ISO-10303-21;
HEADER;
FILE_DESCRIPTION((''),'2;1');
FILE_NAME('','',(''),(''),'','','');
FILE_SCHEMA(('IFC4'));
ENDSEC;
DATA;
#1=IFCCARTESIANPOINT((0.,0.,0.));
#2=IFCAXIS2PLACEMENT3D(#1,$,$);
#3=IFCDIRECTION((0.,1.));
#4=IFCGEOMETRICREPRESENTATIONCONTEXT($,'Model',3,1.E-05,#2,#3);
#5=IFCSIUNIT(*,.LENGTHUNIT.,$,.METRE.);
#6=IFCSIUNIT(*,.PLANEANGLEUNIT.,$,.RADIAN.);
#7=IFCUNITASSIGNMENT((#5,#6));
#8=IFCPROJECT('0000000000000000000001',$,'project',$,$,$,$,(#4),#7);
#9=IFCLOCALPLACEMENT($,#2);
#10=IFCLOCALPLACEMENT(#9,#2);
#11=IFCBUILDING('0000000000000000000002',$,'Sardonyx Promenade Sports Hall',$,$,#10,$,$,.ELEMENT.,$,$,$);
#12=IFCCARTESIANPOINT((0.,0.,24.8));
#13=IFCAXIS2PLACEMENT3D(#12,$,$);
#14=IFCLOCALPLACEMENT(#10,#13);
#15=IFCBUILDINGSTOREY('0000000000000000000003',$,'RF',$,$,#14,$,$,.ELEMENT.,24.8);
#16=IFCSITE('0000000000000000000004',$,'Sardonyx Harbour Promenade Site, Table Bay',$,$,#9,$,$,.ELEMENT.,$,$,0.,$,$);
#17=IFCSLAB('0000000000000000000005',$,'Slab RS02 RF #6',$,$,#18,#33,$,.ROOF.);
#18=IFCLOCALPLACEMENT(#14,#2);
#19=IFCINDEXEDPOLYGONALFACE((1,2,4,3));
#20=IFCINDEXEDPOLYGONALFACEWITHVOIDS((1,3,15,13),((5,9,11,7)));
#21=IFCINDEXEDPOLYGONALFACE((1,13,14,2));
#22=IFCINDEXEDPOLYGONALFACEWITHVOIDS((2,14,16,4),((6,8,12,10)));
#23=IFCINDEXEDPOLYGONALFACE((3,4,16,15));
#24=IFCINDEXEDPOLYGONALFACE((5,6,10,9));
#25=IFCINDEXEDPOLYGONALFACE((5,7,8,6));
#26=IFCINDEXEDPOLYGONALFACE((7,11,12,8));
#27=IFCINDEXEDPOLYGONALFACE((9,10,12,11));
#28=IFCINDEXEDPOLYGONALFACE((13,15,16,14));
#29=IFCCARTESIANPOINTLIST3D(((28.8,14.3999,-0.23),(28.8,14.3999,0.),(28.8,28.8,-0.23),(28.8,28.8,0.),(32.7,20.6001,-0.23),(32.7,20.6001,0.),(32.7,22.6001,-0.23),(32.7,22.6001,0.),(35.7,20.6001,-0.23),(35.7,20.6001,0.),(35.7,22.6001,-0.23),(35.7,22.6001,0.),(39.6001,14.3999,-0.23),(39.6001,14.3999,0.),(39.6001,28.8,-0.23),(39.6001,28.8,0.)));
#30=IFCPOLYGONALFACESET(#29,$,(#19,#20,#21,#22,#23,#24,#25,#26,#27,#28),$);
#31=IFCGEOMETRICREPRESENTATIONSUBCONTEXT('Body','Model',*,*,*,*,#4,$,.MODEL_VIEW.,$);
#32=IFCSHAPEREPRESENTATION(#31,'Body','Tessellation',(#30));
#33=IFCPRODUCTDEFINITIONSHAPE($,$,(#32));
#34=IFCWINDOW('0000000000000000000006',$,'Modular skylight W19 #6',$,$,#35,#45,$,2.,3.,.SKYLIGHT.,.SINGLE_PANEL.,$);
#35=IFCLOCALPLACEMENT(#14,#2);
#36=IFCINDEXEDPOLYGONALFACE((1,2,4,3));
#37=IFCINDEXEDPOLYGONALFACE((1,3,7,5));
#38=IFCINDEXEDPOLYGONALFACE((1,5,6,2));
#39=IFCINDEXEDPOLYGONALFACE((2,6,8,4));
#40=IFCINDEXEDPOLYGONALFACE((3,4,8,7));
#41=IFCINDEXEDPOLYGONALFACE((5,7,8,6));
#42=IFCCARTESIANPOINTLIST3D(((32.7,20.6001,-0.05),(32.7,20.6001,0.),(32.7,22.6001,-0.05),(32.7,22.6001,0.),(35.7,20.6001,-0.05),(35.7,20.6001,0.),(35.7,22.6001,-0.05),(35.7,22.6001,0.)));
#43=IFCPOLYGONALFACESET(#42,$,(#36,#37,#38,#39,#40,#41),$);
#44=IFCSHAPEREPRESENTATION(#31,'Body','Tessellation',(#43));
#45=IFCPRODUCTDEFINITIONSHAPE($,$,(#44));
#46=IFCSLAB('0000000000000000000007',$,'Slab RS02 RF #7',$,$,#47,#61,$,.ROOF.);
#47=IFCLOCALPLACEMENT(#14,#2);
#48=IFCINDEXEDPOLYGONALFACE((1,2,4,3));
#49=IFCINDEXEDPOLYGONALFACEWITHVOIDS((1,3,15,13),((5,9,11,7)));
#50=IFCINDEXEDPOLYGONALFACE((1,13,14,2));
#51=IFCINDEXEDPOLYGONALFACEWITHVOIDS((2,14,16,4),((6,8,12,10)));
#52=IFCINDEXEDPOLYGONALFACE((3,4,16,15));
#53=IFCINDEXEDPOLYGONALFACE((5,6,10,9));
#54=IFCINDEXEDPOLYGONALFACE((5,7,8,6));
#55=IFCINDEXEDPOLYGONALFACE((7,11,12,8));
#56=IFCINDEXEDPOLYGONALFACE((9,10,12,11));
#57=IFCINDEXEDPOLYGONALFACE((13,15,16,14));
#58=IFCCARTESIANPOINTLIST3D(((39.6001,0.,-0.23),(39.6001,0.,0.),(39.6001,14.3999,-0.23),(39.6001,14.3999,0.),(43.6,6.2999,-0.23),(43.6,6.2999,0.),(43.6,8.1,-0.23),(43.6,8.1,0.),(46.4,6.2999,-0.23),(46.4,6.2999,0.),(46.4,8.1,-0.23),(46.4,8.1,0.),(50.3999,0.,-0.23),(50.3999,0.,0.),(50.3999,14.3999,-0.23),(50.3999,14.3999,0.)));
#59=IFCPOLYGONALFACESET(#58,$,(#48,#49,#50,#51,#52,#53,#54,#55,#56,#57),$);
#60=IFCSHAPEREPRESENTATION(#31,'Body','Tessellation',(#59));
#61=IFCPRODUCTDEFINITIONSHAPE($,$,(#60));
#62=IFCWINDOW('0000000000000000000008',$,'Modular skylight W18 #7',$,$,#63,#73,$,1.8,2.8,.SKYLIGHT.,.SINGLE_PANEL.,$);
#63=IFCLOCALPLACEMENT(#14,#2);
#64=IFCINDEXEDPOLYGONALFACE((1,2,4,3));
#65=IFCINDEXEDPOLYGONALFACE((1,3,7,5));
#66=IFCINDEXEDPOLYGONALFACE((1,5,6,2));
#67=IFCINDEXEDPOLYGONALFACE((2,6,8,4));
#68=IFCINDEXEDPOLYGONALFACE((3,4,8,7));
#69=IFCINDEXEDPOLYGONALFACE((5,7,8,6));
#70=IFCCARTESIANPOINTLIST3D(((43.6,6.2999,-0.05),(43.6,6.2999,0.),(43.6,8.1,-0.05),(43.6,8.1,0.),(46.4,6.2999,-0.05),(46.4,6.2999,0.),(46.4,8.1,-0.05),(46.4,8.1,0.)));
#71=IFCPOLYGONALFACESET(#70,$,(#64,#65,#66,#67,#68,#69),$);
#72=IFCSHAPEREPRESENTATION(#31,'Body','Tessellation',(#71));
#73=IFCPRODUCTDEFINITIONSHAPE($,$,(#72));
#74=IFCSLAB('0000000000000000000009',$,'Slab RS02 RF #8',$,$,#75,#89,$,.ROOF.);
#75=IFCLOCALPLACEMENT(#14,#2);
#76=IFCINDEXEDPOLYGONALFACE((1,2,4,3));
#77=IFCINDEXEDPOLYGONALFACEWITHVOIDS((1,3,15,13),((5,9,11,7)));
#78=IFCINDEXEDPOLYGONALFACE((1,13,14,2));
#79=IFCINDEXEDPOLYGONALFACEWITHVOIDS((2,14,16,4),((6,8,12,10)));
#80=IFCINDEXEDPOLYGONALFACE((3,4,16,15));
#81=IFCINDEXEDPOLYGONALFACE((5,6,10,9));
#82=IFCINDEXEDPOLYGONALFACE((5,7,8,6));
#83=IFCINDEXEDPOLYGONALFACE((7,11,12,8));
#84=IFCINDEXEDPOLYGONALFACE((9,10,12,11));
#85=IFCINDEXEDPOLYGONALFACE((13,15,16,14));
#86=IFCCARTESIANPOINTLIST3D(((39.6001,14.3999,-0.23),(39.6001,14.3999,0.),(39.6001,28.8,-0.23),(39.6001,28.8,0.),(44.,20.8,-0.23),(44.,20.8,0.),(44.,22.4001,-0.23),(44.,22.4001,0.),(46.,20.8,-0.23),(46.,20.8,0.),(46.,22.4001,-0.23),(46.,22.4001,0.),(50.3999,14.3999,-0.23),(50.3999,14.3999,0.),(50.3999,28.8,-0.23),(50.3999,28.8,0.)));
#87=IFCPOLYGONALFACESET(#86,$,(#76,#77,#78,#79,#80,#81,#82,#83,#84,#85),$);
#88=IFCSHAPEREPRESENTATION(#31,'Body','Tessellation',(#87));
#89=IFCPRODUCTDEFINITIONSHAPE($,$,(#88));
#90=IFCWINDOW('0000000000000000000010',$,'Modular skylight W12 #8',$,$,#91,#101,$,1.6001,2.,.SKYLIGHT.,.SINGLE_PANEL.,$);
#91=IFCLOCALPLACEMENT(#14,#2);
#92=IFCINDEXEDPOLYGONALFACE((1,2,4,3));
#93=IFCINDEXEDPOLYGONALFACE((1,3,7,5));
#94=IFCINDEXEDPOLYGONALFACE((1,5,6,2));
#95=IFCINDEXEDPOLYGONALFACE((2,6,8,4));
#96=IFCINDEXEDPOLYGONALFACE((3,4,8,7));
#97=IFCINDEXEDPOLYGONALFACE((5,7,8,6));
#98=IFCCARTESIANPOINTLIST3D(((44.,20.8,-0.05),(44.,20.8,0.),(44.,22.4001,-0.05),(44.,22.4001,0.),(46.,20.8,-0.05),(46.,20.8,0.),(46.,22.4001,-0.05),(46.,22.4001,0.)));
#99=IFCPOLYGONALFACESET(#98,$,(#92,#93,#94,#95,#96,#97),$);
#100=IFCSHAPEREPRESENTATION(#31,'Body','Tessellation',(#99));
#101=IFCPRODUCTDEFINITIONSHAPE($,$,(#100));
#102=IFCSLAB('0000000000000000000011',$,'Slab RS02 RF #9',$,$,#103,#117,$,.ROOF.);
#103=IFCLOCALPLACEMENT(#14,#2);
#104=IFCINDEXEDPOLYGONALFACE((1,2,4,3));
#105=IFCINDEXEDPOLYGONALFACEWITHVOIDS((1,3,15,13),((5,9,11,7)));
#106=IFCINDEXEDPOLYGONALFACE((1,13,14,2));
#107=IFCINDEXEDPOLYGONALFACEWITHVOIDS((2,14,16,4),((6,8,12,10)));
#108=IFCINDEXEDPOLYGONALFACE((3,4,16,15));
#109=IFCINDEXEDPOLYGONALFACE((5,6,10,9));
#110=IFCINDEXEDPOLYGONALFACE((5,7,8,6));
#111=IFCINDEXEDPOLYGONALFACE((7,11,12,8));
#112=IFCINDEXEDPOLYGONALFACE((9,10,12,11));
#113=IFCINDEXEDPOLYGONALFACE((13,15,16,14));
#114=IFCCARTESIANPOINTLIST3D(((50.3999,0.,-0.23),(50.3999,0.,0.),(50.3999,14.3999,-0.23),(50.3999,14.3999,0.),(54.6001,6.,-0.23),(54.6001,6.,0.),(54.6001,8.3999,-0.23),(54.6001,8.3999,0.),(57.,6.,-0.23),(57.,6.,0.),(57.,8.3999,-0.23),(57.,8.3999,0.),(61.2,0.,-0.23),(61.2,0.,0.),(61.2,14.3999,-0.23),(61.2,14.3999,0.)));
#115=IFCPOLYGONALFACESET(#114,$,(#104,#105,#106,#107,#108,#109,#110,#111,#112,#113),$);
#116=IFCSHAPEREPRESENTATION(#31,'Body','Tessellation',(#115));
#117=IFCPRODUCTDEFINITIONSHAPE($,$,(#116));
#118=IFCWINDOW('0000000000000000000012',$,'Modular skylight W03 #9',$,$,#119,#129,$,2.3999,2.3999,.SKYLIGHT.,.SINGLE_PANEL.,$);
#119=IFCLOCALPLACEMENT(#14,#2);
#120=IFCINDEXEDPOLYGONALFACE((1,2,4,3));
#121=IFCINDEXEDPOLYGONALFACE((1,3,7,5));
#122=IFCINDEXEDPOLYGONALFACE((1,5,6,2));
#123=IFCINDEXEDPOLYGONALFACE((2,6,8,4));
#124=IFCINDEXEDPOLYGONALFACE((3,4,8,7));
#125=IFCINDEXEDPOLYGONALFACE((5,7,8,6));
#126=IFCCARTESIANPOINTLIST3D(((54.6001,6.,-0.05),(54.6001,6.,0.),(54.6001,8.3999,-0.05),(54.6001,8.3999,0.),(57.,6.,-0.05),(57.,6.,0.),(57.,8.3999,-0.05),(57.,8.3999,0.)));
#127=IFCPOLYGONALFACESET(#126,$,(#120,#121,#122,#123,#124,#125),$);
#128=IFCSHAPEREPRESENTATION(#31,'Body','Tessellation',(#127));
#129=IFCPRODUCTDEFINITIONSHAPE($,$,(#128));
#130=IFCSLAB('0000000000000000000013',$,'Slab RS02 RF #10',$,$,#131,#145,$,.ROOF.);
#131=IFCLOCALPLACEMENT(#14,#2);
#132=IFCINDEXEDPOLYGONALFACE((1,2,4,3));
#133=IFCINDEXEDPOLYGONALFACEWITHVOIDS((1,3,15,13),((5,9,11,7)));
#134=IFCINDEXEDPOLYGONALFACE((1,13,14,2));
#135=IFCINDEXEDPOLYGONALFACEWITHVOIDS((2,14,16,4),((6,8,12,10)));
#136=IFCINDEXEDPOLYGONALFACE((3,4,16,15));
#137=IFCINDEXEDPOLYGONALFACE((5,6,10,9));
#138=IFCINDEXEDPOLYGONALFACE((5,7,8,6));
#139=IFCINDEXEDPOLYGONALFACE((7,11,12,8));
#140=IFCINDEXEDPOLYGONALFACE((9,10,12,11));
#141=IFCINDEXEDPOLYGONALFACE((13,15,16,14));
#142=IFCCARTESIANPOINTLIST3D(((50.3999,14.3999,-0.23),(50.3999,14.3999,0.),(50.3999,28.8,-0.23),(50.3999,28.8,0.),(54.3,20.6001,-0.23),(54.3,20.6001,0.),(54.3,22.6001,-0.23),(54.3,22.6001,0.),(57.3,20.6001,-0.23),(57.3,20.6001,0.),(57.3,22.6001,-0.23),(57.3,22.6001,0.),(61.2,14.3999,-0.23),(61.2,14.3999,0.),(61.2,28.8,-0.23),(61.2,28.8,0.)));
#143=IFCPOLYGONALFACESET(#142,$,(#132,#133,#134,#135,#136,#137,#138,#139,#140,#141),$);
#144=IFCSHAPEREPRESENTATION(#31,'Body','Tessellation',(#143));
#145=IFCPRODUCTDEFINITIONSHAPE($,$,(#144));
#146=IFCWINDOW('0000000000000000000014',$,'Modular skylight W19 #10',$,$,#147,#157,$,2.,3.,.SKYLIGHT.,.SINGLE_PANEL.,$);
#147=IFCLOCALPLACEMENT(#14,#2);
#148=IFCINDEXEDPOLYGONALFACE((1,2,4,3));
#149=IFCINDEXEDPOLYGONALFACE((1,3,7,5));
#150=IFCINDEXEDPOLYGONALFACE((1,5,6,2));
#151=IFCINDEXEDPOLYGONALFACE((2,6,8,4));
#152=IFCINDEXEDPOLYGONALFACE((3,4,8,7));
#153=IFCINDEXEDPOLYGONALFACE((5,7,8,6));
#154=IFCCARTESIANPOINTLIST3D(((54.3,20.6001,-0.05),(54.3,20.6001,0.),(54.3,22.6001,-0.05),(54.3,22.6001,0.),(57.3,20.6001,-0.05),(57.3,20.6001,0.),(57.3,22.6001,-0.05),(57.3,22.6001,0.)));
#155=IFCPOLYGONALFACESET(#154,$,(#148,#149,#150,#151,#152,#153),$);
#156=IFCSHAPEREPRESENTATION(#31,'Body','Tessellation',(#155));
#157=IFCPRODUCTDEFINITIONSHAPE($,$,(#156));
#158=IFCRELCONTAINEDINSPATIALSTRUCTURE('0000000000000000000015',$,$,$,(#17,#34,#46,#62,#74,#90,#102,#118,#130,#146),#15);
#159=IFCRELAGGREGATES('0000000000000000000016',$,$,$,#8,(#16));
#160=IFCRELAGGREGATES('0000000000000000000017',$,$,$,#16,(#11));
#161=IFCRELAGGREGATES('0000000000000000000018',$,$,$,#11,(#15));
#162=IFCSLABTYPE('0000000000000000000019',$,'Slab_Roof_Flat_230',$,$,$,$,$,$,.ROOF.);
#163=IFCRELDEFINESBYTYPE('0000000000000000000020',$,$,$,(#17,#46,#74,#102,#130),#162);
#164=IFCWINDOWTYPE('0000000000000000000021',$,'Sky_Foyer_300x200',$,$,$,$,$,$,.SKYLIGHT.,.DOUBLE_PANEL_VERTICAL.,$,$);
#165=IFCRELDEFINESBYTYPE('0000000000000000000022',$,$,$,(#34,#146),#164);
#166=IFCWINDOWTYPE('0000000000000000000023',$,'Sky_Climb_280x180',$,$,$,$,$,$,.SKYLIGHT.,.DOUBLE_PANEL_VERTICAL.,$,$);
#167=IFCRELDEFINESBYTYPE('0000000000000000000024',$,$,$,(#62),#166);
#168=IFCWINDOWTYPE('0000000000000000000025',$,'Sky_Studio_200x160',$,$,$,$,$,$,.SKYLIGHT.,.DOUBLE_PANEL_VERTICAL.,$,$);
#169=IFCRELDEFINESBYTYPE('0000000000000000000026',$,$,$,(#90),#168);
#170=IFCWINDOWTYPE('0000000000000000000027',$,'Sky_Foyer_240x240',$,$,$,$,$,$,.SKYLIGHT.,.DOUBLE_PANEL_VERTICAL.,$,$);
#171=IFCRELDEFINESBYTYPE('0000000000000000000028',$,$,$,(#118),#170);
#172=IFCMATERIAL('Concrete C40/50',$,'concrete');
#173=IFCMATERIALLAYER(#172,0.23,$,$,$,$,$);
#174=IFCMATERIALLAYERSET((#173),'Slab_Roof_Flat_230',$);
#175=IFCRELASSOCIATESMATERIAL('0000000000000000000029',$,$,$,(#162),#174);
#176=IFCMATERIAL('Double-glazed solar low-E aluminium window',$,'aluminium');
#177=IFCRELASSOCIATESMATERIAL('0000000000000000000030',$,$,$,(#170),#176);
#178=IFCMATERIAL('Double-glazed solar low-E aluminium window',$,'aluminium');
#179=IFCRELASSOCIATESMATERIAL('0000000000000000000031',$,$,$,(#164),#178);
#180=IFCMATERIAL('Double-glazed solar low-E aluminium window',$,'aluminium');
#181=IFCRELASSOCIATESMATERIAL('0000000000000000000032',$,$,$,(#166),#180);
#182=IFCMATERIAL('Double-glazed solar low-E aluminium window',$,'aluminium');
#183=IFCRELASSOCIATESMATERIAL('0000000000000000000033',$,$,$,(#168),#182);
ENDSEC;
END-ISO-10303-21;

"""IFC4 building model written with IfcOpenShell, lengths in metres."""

from ifc_helpers import new_model, si_unit, direction, frame, origin, origin_2d, place, context, subcontext, project, spatial, polyline, rectangle, outline, extrude, material, layer, layer_set, type_object, element, fill, save


model = new_model("IFC4")

# Units and contexts
model_context = context("Model", 3, precision=1e-05, world=origin(), true_north=direction((0.0, 1.0)))
body_context = subcontext(model_context, "Body", "Model", "MODEL_VIEW")
ifc_project = project(units=[si_unit("LENGTHUNIT", "METRE"), si_unit("PLANEANGLEUNIT", "RADIAN")], contexts=[model_context])

# Site, building, storey
site_placement = place(None, origin())
site = spatial("IfcSite", under=ifc_project, at=site_placement, Name="Sardonyx Harbour Promenade Site, Table Bay", CompositionType="ELEMENT", RefElevation=0.0)
building_placement = place(site_placement, origin())
building = spatial("IfcBuilding", under=site, at=building_placement, Name="Sardonyx Promenade Sports Hall", CompositionType="ELEMENT")
storey_placement = place(building_placement, frame((0.0, 0.0, 24.8)))
storey = spatial("IfcBuildingStorey", under=building, at=storey_placement, Name="RF", CompositionType="ELEMENT", Elevation=24.8)

# Slabs, openings, windows
ifc_material_1 = material(Name="Concrete C40/50", Category="concrete")
ifc_layer_1 = layer(ifc_material_1, 0.23)
ifc_layer_set_1 = layer_set([ifc_layer_1], Name="Slab_Roof_Flat_230")
slab_type = type_object("IfcSlabType", Name="Slab_Roof_Flat_230", PredefinedType="ROOF", material=ifc_layer_set_1)
ifc_material_2 = material(Name="Double-glazed solar low-E aluminium window", Category="aluminium")
window_type_1 = type_object("IfcWindowType", Name="Sky_Foyer_240x240", PartitioningType="DOUBLE_PANEL_VERTICAL", PredefinedType="SKYLIGHT", material=ifc_material_2)
ifc_material_3 = material(Name="Double-glazed solar low-E aluminium window", Category="aluminium")
window_type_2 = type_object("IfcWindowType", Name="Sky_Foyer_300x200", PartitioningType="DOUBLE_PANEL_VERTICAL", PredefinedType="SKYLIGHT", material=ifc_material_3)
ifc_material_4 = material(Name="Double-glazed solar low-E aluminium window", Category="aluminium")
window_type_3 = type_object("IfcWindowType", Name="Sky_Climb_280x180", PartitioningType="DOUBLE_PANEL_VERTICAL", PredefinedType="SKYLIGHT", material=ifc_material_4)
ifc_material_5 = material(Name="Double-glazed solar low-E aluminium window", Category="aluminium")
window_type_4 = type_object("IfcWindowType", Name="Sky_Studio_200x160", PartitioningType="DOUBLE_PANEL_VERTICAL", PredefinedType="SKYLIGHT", material=ifc_material_5)
slab_1_placement = place(storey_placement, frame((0.0, 0.0, -0.23)))
slab_1 = element("IfcSlab", 1, at=slab_1_placement, inside=storey, type_object=slab_type, Name="Slab RS02 RF #6", PredefinedType="ROOF", context=body_context, shape_type="SweptSolid", body=[
    extrude(outline(polyline([(28.8, 14.3999), (39.6001, 14.3999), (39.6001, 28.8), (28.8, 28.8), (28.8, 14.3999)])), origin(), (0.0, 0.0, 1.0), 0.23),
])
opening_1_placement = place(slab_1_placement, frame((34.2, 21.6001, 0.0)))
opening_1 = element("IfcOpeningElement", 2, at=opening_1_placement, cuts=slab_1, PredefinedType="OPENING", context=body_context, shape_type="SweptSolid", body=[
    extrude(rectangle(XDim=3.0, YDim=2.0, at=origin_2d()), origin(), (0.0, 0.0, 1.0), 0.23),
])
window_1_placement = place(opening_1_placement, frame((0.0, 0.0, 0.1799)))
window_1 = element("IfcWindow", 3, at=window_1_placement, inside=storey, type_object=window_type_2, Name="Modular skylight W19 #6", OverallHeight=2.0, OverallWidth=3.0, PartitioningType="SINGLE_PANEL", PredefinedType="SKYLIGHT", context=body_context, shape_type="SweptSolid", body=[
    extrude(rectangle(XDim=3.0, YDim=2.0, at=origin_2d()), origin(), (0.0, 0.0, 1.0), 0.05),
])
fill(opening_1, window_1)
slab_2_placement = place(storey_placement, frame((0.0, 0.0, -0.23)))
slab_2 = element("IfcSlab", 4, at=slab_2_placement, inside=storey, type_object=slab_type, Name="Slab RS02 RF #7", PredefinedType="ROOF", context=body_context, shape_type="SweptSolid", body=[
    extrude(outline(polyline([(39.6001, 0.0), (50.3999, 0.0), (50.3999, 14.3999), (39.6001, 14.3999), (39.6001, 0.0)])), origin(), (0.0, 0.0, 1.0), 0.23),
])
opening_2_placement = place(slab_2_placement, frame((45.0, 7.2, 0.0)))
opening_2 = element("IfcOpeningElement", 5, at=opening_2_placement, cuts=slab_2, PredefinedType="OPENING", context=body_context, shape_type="SweptSolid", body=[
    extrude(rectangle(XDim=2.8, YDim=1.8, at=origin_2d()), origin(), (0.0, 0.0, 1.0), 0.23),
])
window_2_placement = place(opening_2_placement, frame((0.0, 0.0, 0.1799)))
window_2 = element("IfcWindow", 6, at=window_2_placement, inside=storey, type_object=window_type_3, Name="Modular skylight W18 #7", OverallHeight=1.8, OverallWidth=2.8, PartitioningType="SINGLE_PANEL", PredefinedType="SKYLIGHT", context=body_context, shape_type="SweptSolid", body=[
    extrude(rectangle(XDim=2.8, YDim=1.8, at=origin_2d()), origin(), (0.0, 0.0, 1.0), 0.05),
])
fill(opening_2, window_2)
slab_3_placement = place(storey_placement, frame((0.0, 0.0, -0.23)))
slab_3 = element("IfcSlab", 7, at=slab_3_placement, inside=storey, type_object=slab_type, Name="Slab RS02 RF #8", PredefinedType="ROOF", context=body_context, shape_type="SweptSolid", body=[
    extrude(outline(polyline([(39.6001, 14.3999), (50.3999, 14.3999), (50.3999, 28.8), (39.6001, 28.8), (39.6001, 14.3999)])), origin(), (0.0, 0.0, 1.0), 0.23),
])
opening_3_placement = place(slab_3_placement, frame((45.0, 21.6001, 0.0)))
opening_3 = element("IfcOpeningElement", 8, at=opening_3_placement, cuts=slab_3, PredefinedType="OPENING", context=body_context, shape_type="SweptSolid", body=[
    extrude(rectangle(XDim=2.0, YDim=1.6001, at=origin_2d()), origin(), (0.0, 0.0, 1.0), 0.23),
])
window_3_placement = place(opening_3_placement, frame((0.0, 0.0, 0.1799)))
window_3 = element("IfcWindow", 9, at=window_3_placement, inside=storey, type_object=window_type_4, Name="Modular skylight W12 #8", OverallHeight=1.6001, OverallWidth=2.0, PartitioningType="SINGLE_PANEL", PredefinedType="SKYLIGHT", context=body_context, shape_type="SweptSolid", body=[
    extrude(rectangle(XDim=2.0, YDim=1.6001, at=origin_2d()), origin(), (0.0, 0.0, 1.0), 0.05),
])
fill(opening_3, window_3)
slab_4_placement = place(storey_placement, frame((0.0, 0.0, -0.23)))
slab_4 = element("IfcSlab", 10, at=slab_4_placement, inside=storey, type_object=slab_type, Name="Slab RS02 RF #9", PredefinedType="ROOF", context=body_context, shape_type="SweptSolid", body=[
    extrude(outline(polyline([(50.3999, 0.0), (61.2, 0.0), (61.2, 14.3999), (50.3999, 14.3999), (50.3999, 0.0)])), origin(), (0.0, 0.0, 1.0), 0.23),
])
opening_4_placement = place(slab_4_placement, frame((55.8, 7.2, 0.0)))
opening_4 = element("IfcOpeningElement", 11, at=opening_4_placement, cuts=slab_4, PredefinedType="OPENING", context=body_context, shape_type="SweptSolid", body=[
    extrude(rectangle(XDim=2.3999, YDim=2.3999, at=origin_2d()), origin(), (0.0, 0.0, 1.0), 0.23),
])
window_4_placement = place(opening_4_placement, frame((0.0, 0.0, 0.1799)))
window_4 = element("IfcWindow", 12, at=window_4_placement, inside=storey, type_object=window_type_1, Name="Modular skylight W03 #9", OverallHeight=2.3999, OverallWidth=2.3999, PartitioningType="SINGLE_PANEL", PredefinedType="SKYLIGHT", context=body_context, shape_type="SweptSolid", body=[
    extrude(rectangle(XDim=2.3999, YDim=2.3999, at=origin_2d()), origin(), (0.0, 0.0, 1.0), 0.05),
])
fill(opening_4, window_4)
slab_5_placement = place(storey_placement, frame((0.0, 0.0, -0.23)))
slab_5 = element("IfcSlab", 13, at=slab_5_placement, inside=storey, type_object=slab_type, Name="Slab RS02 RF #10", PredefinedType="ROOF", context=body_context, shape_type="SweptSolid", body=[
    extrude(outline(polyline([(50.3999, 14.3999), (61.2, 14.3999), (61.2, 28.8), (50.3999, 28.8), (50.3999, 14.3999)])), origin(), (0.0, 0.0, 1.0), 0.23),
])
opening_5_placement = place(slab_5_placement, frame((55.8, 21.6001, 0.0)))
opening_5 = element("IfcOpeningElement", 14, at=opening_5_placement, cuts=slab_5, PredefinedType="OPENING", context=body_context, shape_type="SweptSolid", body=[
    extrude(rectangle(XDim=3.0, YDim=2.0, at=origin_2d()), origin(), (0.0, 0.0, 1.0), 0.23),
])
window_5_placement = place(opening_5_placement, frame((0.0, 0.0, 0.1799)))
window_5 = element("IfcWindow", 15, at=window_5_placement, inside=storey, type_object=window_type_2, Name="Modular skylight W19 #10", OverallHeight=2.0, OverallWidth=3.0, PartitioningType="SINGLE_PANEL", PredefinedType="SKYLIGHT", context=body_context, shape_type="SweptSolid", body=[
    extrude(rectangle(XDim=3.0, YDim=2.0, at=origin_2d()), origin(), (0.0, 0.0, 1.0), 0.05),
])
fill(opening_5, window_5)

save(model, "model.ifc")
